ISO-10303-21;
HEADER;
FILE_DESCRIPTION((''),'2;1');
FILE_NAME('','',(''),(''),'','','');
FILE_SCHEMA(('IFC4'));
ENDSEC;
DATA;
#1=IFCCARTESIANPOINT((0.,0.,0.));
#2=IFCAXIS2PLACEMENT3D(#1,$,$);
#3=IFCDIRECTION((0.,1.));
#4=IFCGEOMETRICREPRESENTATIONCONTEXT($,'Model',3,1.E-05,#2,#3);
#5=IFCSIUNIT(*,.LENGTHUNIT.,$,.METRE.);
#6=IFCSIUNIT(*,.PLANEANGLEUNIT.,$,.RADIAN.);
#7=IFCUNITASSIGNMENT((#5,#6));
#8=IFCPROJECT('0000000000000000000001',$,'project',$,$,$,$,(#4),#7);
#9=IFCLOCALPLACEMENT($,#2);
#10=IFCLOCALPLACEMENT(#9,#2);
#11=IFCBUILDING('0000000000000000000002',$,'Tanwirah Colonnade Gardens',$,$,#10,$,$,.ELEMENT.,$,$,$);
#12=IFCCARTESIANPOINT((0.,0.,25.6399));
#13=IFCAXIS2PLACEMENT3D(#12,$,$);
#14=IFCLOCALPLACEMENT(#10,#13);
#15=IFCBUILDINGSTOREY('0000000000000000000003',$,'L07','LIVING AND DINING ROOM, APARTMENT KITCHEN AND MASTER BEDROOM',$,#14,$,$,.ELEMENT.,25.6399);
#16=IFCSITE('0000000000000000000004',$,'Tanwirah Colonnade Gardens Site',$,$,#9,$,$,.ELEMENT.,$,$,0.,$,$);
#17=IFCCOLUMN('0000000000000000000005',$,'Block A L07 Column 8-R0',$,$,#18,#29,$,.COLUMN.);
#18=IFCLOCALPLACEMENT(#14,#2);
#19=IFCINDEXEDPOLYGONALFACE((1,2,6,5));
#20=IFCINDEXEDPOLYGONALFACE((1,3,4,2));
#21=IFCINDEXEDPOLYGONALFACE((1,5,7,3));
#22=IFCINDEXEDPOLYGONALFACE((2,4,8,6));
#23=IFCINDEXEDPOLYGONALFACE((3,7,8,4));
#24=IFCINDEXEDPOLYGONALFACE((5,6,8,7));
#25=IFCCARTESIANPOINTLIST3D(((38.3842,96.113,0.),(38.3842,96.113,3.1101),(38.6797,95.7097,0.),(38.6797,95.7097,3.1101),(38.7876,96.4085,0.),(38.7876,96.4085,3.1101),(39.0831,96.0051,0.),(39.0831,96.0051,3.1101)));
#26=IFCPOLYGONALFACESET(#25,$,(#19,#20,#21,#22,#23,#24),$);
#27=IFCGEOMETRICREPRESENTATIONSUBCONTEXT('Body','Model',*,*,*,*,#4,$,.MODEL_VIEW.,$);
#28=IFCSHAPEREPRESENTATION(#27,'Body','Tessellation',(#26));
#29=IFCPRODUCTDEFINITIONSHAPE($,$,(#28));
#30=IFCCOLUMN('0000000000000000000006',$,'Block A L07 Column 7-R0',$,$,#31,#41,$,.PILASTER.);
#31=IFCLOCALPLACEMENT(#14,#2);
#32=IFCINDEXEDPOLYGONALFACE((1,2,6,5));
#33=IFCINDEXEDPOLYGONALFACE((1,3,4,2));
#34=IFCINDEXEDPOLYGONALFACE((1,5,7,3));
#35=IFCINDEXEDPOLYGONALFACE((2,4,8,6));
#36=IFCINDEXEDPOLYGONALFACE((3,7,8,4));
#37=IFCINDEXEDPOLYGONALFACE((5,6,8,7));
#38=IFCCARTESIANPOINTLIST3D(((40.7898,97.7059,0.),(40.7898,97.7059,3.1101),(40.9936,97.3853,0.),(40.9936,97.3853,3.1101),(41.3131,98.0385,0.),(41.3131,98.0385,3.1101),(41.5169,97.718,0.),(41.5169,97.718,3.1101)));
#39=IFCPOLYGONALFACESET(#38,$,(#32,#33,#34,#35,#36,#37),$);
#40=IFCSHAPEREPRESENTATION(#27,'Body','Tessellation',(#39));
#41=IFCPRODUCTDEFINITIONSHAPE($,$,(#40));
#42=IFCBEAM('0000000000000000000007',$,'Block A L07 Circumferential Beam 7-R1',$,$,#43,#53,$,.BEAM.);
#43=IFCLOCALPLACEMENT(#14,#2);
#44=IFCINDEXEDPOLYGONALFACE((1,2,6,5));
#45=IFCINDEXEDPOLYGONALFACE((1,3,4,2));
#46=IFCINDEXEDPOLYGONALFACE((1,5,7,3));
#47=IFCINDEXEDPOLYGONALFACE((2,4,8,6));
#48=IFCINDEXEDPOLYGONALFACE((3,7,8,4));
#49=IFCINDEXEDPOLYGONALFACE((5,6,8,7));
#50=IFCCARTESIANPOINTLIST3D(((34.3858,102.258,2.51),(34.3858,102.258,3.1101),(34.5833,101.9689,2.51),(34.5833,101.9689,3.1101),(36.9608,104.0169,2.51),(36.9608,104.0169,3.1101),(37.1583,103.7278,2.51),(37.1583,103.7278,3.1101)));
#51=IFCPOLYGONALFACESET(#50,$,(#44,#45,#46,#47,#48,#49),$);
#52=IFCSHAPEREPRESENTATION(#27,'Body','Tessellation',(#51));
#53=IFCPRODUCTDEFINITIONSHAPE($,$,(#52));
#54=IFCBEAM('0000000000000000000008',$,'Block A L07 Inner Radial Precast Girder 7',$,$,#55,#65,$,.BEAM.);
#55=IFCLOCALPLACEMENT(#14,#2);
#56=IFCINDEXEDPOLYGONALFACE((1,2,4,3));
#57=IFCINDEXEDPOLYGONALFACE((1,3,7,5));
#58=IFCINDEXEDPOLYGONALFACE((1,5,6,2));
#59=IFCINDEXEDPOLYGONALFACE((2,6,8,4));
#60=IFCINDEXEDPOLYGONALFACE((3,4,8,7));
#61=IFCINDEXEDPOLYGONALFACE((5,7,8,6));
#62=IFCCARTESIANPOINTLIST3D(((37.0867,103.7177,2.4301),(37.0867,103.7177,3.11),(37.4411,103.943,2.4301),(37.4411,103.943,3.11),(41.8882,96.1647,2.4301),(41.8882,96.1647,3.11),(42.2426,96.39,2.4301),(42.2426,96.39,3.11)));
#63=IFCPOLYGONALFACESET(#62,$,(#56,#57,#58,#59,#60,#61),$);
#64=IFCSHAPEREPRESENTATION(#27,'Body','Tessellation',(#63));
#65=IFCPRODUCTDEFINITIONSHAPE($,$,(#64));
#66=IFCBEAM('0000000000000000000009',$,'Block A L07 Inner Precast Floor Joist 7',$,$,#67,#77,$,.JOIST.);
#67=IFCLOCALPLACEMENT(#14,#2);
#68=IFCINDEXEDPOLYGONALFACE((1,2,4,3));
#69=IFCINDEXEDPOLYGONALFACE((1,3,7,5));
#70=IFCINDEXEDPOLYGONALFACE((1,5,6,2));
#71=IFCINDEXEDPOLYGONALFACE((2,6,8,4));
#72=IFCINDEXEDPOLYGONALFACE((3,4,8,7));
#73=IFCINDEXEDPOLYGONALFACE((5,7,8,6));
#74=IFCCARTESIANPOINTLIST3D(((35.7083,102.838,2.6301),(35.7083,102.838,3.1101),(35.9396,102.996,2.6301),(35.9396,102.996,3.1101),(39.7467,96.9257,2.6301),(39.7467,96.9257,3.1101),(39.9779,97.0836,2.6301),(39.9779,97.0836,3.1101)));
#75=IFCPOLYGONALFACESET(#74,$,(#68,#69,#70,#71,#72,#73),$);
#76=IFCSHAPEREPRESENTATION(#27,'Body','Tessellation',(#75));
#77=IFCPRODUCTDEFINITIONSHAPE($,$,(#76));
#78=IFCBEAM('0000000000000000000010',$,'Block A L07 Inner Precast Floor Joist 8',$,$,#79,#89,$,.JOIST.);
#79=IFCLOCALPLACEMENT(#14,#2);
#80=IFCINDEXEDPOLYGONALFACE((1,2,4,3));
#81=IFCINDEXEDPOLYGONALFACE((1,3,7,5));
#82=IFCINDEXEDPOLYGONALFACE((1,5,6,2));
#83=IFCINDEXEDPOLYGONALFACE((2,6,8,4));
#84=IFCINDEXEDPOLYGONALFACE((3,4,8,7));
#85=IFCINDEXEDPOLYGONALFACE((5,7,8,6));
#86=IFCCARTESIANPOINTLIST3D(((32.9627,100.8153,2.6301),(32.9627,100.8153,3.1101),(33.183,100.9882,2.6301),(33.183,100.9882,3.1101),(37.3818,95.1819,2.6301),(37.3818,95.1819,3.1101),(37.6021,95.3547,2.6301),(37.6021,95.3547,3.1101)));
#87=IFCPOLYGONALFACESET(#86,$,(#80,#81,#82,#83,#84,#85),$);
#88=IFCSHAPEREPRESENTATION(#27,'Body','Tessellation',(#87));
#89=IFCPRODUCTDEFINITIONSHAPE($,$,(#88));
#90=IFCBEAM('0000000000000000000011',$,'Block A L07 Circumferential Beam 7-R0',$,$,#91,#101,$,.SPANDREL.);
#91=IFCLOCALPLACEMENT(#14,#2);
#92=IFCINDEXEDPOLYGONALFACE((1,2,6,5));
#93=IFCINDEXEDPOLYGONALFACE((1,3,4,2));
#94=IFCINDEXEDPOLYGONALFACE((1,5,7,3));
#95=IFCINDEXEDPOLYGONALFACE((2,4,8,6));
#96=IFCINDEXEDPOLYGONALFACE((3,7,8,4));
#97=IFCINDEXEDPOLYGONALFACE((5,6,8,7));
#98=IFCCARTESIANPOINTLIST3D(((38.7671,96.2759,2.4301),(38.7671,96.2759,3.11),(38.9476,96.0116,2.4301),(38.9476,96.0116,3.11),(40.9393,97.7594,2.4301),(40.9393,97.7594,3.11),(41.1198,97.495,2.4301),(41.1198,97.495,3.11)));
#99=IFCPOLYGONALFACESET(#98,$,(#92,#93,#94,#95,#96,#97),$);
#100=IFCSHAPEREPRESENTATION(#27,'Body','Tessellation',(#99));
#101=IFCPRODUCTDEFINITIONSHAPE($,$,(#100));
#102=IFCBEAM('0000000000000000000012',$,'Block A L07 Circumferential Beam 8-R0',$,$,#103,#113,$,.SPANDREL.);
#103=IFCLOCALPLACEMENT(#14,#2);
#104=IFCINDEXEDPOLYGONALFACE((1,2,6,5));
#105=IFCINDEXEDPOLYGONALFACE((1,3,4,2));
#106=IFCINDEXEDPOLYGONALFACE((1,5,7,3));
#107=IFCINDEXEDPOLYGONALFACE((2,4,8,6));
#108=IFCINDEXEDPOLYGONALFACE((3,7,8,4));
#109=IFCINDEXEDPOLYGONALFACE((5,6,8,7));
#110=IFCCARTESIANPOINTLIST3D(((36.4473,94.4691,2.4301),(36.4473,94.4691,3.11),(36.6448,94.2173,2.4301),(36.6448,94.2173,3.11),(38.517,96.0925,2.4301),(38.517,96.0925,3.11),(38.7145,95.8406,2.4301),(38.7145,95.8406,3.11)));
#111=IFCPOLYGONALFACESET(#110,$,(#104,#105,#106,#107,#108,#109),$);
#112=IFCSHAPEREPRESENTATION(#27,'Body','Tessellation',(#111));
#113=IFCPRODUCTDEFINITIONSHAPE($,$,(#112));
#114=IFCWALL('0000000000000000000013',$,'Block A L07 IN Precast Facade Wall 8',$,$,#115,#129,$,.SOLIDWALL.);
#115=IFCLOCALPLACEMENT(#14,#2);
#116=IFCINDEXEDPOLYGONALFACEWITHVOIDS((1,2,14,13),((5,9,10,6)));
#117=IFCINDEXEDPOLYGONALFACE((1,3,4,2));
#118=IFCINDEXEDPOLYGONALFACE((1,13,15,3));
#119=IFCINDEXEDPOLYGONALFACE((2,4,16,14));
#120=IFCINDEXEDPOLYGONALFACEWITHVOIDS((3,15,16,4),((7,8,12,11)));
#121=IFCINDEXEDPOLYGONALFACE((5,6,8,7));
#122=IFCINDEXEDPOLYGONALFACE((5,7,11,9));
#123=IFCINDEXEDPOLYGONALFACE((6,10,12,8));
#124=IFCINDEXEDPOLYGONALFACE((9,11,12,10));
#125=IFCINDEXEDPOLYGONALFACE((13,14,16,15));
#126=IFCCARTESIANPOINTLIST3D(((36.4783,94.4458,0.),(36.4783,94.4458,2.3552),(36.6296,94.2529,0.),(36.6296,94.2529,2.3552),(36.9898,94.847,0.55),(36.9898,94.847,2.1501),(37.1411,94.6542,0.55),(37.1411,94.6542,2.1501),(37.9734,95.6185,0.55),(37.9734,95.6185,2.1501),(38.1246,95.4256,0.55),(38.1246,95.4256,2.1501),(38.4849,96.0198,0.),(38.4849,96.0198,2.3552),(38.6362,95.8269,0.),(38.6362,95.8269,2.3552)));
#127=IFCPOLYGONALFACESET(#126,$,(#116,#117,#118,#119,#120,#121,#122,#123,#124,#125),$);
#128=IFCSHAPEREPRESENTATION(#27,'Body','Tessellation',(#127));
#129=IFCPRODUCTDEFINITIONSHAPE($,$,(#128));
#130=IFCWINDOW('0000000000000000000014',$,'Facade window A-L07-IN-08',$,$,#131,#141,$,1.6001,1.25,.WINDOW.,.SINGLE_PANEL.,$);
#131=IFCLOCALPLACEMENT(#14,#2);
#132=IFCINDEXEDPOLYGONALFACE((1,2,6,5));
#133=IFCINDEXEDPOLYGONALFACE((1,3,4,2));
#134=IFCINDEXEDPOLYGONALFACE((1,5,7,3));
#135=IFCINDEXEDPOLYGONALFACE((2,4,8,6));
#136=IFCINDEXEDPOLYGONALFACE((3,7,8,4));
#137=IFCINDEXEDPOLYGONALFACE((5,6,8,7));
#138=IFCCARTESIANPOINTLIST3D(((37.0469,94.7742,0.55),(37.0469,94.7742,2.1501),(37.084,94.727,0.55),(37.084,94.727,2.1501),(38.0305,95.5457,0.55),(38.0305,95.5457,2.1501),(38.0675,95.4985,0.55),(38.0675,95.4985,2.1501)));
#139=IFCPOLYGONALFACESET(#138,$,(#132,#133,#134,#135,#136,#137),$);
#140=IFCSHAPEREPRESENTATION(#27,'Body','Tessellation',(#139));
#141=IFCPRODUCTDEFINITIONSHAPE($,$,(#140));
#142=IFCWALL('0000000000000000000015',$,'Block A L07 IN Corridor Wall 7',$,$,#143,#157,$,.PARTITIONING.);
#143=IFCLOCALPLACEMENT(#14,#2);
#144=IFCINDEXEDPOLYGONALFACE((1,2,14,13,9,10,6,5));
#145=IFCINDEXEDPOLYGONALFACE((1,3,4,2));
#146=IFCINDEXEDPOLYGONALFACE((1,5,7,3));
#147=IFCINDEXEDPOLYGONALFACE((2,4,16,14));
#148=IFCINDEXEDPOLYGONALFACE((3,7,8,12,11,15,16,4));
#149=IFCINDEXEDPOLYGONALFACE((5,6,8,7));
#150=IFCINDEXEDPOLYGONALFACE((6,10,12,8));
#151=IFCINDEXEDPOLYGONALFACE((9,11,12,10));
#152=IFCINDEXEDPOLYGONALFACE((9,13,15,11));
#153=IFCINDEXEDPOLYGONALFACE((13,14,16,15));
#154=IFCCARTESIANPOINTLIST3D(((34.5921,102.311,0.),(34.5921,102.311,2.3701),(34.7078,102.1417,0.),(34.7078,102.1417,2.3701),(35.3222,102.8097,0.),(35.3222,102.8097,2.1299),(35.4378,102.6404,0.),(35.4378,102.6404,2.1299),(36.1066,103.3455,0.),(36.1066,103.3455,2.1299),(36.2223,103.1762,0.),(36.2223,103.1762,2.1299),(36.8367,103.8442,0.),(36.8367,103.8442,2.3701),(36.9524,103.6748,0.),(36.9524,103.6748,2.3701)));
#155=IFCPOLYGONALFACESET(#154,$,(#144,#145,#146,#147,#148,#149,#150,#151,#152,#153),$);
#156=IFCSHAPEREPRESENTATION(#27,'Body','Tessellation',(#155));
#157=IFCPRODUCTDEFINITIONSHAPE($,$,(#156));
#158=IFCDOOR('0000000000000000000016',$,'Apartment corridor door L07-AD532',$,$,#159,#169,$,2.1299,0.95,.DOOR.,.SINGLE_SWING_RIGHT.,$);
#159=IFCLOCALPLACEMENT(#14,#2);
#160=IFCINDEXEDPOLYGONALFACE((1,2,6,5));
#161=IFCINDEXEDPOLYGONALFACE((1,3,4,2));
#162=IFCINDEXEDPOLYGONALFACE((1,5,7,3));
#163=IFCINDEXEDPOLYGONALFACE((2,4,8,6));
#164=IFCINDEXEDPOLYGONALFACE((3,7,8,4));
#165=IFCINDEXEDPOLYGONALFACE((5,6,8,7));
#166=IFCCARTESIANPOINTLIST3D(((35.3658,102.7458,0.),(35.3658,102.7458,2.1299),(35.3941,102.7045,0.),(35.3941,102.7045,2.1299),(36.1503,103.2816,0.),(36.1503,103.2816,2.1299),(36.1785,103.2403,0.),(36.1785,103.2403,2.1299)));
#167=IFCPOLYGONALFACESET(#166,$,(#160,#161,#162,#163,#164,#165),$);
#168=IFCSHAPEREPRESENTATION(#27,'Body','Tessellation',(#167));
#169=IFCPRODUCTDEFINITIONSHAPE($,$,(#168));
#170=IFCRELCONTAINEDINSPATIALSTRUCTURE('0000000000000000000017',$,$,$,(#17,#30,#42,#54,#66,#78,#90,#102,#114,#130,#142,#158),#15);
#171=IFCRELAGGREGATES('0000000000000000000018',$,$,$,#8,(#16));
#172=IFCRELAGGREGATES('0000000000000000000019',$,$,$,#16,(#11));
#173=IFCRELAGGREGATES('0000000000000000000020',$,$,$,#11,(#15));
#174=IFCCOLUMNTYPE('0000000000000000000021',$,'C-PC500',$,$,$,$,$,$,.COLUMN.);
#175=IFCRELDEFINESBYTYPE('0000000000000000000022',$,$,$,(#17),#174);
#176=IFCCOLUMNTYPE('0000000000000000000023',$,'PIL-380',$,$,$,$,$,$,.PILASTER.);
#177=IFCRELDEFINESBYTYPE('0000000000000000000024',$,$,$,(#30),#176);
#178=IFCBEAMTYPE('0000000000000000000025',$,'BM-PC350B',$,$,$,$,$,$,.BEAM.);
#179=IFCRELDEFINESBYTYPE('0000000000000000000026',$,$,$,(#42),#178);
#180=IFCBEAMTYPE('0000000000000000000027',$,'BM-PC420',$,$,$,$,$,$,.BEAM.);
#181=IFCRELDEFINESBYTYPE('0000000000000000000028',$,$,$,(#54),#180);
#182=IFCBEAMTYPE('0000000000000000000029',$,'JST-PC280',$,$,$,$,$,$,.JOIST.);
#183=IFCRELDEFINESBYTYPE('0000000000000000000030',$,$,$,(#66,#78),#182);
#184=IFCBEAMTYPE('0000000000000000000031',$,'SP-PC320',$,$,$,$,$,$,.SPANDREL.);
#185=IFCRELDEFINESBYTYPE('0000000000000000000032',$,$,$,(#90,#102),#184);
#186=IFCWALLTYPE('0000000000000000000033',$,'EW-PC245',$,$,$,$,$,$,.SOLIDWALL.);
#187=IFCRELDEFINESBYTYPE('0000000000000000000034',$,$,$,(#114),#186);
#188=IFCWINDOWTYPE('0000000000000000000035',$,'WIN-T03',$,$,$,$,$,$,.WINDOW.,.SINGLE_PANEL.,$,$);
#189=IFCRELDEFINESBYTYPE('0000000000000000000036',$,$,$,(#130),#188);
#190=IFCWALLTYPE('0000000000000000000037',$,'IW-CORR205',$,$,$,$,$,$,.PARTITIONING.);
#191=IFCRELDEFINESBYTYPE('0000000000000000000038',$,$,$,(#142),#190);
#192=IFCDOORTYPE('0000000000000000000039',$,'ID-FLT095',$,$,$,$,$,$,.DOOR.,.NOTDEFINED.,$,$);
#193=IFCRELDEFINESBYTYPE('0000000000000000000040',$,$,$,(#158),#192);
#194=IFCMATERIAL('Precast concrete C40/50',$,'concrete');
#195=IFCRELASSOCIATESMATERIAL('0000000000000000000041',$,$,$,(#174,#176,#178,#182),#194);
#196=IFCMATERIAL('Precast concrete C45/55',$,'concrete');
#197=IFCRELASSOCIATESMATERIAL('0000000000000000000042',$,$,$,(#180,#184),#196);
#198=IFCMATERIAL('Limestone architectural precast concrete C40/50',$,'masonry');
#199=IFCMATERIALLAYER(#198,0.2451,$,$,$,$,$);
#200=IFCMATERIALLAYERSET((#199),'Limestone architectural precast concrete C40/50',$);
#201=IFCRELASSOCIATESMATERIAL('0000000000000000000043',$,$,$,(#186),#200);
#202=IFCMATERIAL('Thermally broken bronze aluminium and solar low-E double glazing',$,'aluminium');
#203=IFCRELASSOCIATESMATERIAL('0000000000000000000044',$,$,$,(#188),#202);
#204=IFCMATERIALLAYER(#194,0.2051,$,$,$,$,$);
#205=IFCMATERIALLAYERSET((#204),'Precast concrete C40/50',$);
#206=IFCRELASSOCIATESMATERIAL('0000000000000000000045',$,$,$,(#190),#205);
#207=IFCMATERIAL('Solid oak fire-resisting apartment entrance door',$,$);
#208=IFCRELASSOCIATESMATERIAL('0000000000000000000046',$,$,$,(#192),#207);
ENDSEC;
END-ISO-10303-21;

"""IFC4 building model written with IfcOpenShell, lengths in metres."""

from ifc_helpers import new_model, si_unit, direction, frame, frame_2d, origin, origin_2d, place, context, subcontext, project, spatial, rectangle, extrude, material, layer, layer_set, material_profile, profile_set, type_object, element, fill, save


model = new_model("IFC4")

# Units and contexts
model_context = context("Model", 3, precision=1e-05, world=origin(), true_north=direction((0.0, 1.0)))
body_context = subcontext(model_context, "Body", "Model", "MODEL_VIEW")
ifc_project = project(units=[si_unit("LENGTHUNIT", "METRE"), si_unit("PLANEANGLEUNIT", "RADIAN")], contexts=[model_context])

# Site, building, storey
site_placement = place(None, origin())
site = spatial("IfcSite", under=ifc_project, at=site_placement, Name="Tanwirah Colonnade Gardens Site", CompositionType="ELEMENT", RefElevation=0.0)
building_placement = place(site_placement, origin())
building = spatial("IfcBuilding", under=site, at=building_placement, Name="Tanwirah Colonnade Gardens", CompositionType="ELEMENT")
storey_placement = place(building_placement, frame((0.0, 0.0, 25.6399)))
storey = spatial("IfcBuildingStorey", under=building, at=storey_placement, Name="L07", Description="LIVING AND DINING ROOM, APARTMENT KITCHEN AND MASTER BEDROOM", CompositionType="ELEMENT", Elevation=25.6399)

# Columns
ifc_material_1 = material(Name="Precast concrete C40/50", Category="concrete")
ifc_material_profile_1 = material_profile(ifc_material_1, rectangle(XDim=0.5, YDim=0.5, at=origin_2d()), Name="PC-COL 500x500")
ifc_profile_set_1 = profile_set([ifc_material_profile_1], Name="Precast concrete C40/50")
column_type_1 = type_object("IfcColumnType", Name="C-PC500", PredefinedType="COLUMN", material=ifc_profile_set_1)
column_1_placement = place(storey_placement, frame((38.7336, 96.0591, 0.0), z_axis=(0.0, 0.0, 1.0), x_axis=(-0.590919, 0.806731, 0.0)))
element("IfcColumn", 1, at=column_1_placement, inside=storey, type_object=column_type_1, Name="Block A L07 Column 8-R0", PredefinedType="COLUMN", context=body_context, shape_type="SweptSolid", body=[
    extrude(rectangle(XDim=0.5, YDim=0.5, at=origin_2d()), origin(), (0.0, 0.0, 1.0), 3.1101),
])
ifc_material_profile_2 = material_profile(ifc_material_1, rectangle(XDim=0.3799, YDim=0.6201, at=origin_2d()), Name="PC-PIL 380x620")
ifc_profile_set_2 = profile_set([ifc_material_profile_2], Name="Precast concrete C40/50")
column_type_2 = type_object("IfcColumnType", Name="PIL-380", PredefinedType="PILASTER", material=ifc_profile_set_2)
column_2_placement = place(storey_placement, frame((41.1533, 97.7119, 0.0), z_axis=(0.0, 0.0, 1.0), x_axis=(-0.536482, 0.843912, 0.0)))
element("IfcColumn", 2, at=column_2_placement, inside=storey, type_object=column_type_2, Name="Block A L07 Column 7-R0", PredefinedType="PILASTER", context=body_context, shape_type="SweptSolid", body=[
    extrude(rectangle(XDim=0.3799, YDim=0.6201, at=origin_2d()), origin(), (0.0, 0.0, 1.0), 3.1101),
])

# Beams
ifc_material_profile_3 = material_profile(ifc_material_1, rectangle(XDim=0.3501, YDim=0.6001, at=origin_2d()), Name="PC-BM 350x600")
ifc_profile_set_3 = profile_set([ifc_material_profile_3], Name="Precast concrete C40/50")
beam_type_1 = type_object("IfcBeamType", Name="BM-PC350B", PredefinedType="BEAM", material=ifc_profile_set_3)
beam_1_placement = place(storey_placement, frame((37.0596, 103.8723, 2.8101), z_axis=(-0.825758, -0.564024, 0.0), x_axis=(0.564024, -0.825758, 0.0)))
element("IfcBeam", 3, at=beam_1_placement, inside=storey, type_object=beam_type_1, Name="Block A L07 Circumferential Beam 7-R1", PredefinedType="BEAM", context=body_context, shape_type="SweptSolid", body=[
    extrude(rectangle(XDim=0.3501, YDim=0.6001, at=origin_2d()), origin(), (0.0, 0.0, 1.0), 3.1184),
])
ifc_material_2 = material(Name="Precast concrete C45/55", Category="concrete")
ifc_material_profile_4 = material_profile(ifc_material_2, rectangle(XDim=0.4199, YDim=0.6799, at=origin_2d()), Name="PC-BM 420x680")
ifc_profile_set_4 = profile_set([ifc_material_profile_4], Name="Precast concrete C45/55")
beam_type_2 = type_object("IfcBeamType", Name="BM-PC420", PredefinedType="BEAM", material=ifc_profile_set_4)
beam_2_placement = place(storey_placement, frame((37.2639, 103.8303, 2.77), z_axis=(0.536484, -0.843911, 0.0), x_axis=(0.843911, 0.536484, 0.0)))
element("IfcBeam", 4, at=beam_2_placement, inside=storey, type_object=beam_type_2, Name="Block A L07 Inner Radial Precast Girder 7", PredefinedType="BEAM", context=body_context, shape_type="SweptSolid", body=[
    extrude(rectangle(XDim=0.4199, YDim=0.6799, at=origin_2d()), origin(), (0.0, 0.0, 1.0), 8.95),
])
ifc_material_profile_5 = material_profile(ifc_material_1, rectangle(XDim=0.28, YDim=0.48, at=origin_2d()), Name="PC-JST 280x480")
ifc_profile_set_5 = profile_set([ifc_material_profile_5], Name="Precast concrete C40/50")
beam_type_3 = type_object("IfcBeamType", Name="JST-PC280", PredefinedType="JOIST", material=ifc_profile_set_5)
for number, where, z_axis, x_axis, name in (
    (5, (39.8623, 97.0046, 2.8701), (-0.564021, 0.82576, 0.0), (-0.82576, -0.564021, 0.0), "Block A L07 Inner Precast Floor Joist 7"),
    (6, (37.4919, 95.2683, 2.8701), (-0.617202, 0.786804, 0.0), (-0.786804, -0.617202, 0.0), "Block A L07 Inner Precast Floor Joist 8"),
):
    element("IfcBeam", number, at=place(storey_placement, frame(where, z_axis=z_axis, x_axis=x_axis)), inside=storey, type_object=beam_type_3, Name=name, PredefinedType="JOIST", context=body_context, shape_type="SweptSolid", body=[
        extrude(rectangle(XDim=0.28, YDim=0.48, at=origin_2d()), origin(), (0.0, 0.0, 1.0), 7.1599),
    ])
ifc_material_profile_6 = material_profile(ifc_material_2, rectangle(XDim=0.3201, YDim=0.6799, at=origin_2d()), Name="PC-SP 320x680")
ifc_profile_set_6 = profile_set([ifc_material_profile_6], Name="Precast concrete C45/55")
beam_type_4 = type_object("IfcBeamType", Name="SP-PC320", PredefinedType="SPANDREL", material=ifc_profile_set_6)
for number, where, z_axis, x_axis, name in (
    (7, (41.0295, 97.6272, 2.77), (-0.825801, -0.563962, 0.0), (0.563962, -0.825801, 0.0), "Block A L07 Circumferential Beam 7-R0"),
    (8, (38.6157, 95.9666, 2.77), (-0.786837, -0.617161, 0.0), (0.617161, -0.786837, 0.0), "Block A L07 Circumferential Beam 8-R0"),
):
    element("IfcBeam", number, at=place(storey_placement, frame(where, z_axis=z_axis, x_axis=x_axis)), inside=storey, type_object=beam_type_4, Name=name, PredefinedType="SPANDREL", context=body_context, shape_type="SweptSolid", body=[
        extrude(rectangle(XDim=0.3201, YDim=0.6799, at=origin_2d()), origin(), (0.0, 0.0, 1.0), 2.6304),
    ])

# Wall, opening, window
ifc_material_3 = material(Name="Limestone architectural precast concrete C40/50", Category="masonry")
ifc_layer_1 = layer(ifc_material_3, 0.2451)
ifc_layer_set_1 = layer_set([ifc_layer_1], Name="Limestone architectural precast concrete C40/50")
wall_type_1 = type_object("IfcWallType", Name="EW-PC245", PredefinedType="SOLIDWALL", material=ifc_layer_set_1)
wall_1_placement = place(storey_placement, frame((38.5605, 95.9233, 0.0), z_axis=(0.0, 0.0, 1.0), x_axis=(-0.78682, -0.617183, 0.0)))
wall_1 = element("IfcWall", 9, at=wall_1_placement, inside=storey, type_object=wall_type_1, Name="Block A L07 IN Precast Facade Wall 8", PredefinedType="SOLIDWALL", context=body_context, shape_type="SweptSolid", body=[
    extrude(rectangle(XDim=2.5503, YDim=0.2451, at=frame_2d((1.2751, 0.0))), origin(), (0.0, 0.0, 1.0), 2.3552),
])
opening_1_placement = place(wall_1_placement, frame((0.6501, 0.0, 0.55)))
opening_1 = element("IfcOpeningElement", 10, at=opening_1_placement, cuts=wall_1, PredefinedType="OPENING", context=body_context, shape_type="SweptSolid", body=[
    extrude(rectangle(XDim=1.25, YDim=1.6001, at=frame_2d((0.625, 0.8))), frame((0.0, 0.1326, 0.0), z_axis=(0.0, -1.0, 0.0), x_axis=(1.0, 0.0, 0.0)), (0.0, 0.0, 1.0), 0.2651),
])
ifc_material_4 = material(Name="Thermally broken bronze aluminium and solar low-E double glazing", Category="aluminium")
window_type = type_object("IfcWindowType", Name="WIN-T03", PartitioningType="SINGLE_PANEL", PredefinedType="WINDOW", material=ifc_material_4)
window_placement = place(opening_1_placement, origin())
window = element("IfcWindow", 11, at=window_placement, inside=storey, type_object=window_type, Name="Facade window A-L07-IN-08", OverallHeight=1.6001, OverallWidth=1.25, PartitioningType="SINGLE_PANEL", PredefinedType="WINDOW", context=body_context, shape_type="SweptSolid", body=[
    extrude(rectangle(XDim=1.25, YDim=1.6001, at=frame_2d((0.625, 0.8))), frame((0.0, 0.03, 0.0), z_axis=(0.0, -1.0, 0.0), x_axis=(1.0, 0.0, 0.0)), (0.0, 0.0, 1.0), 0.0601),
])
fill(opening_1, window)

# Wall, opening, door
ifc_layer_2 = layer(ifc_material_1, 0.2051)
ifc_layer_set_2 = layer_set([ifc_layer_2], Name="Precast concrete C40/50")
wall_type_2 = type_object("IfcWallType", Name="IW-CORR205", PredefinedType="PARTITIONING", material=ifc_layer_set_2)
wall_2_placement = place(storey_placement, frame((36.8945, 103.7595, 0.0), z_axis=(0.0, 0.0, 1.0), x_axis=(-0.825752, -0.564033, 0.0)))
wall_2 = element("IfcWall", 12, at=wall_2_placement, inside=storey, type_object=wall_type_2, Name="Block A L07 IN Corridor Wall 7", PredefinedType="PARTITIONING", context=body_context, shape_type="SweptSolid", body=[
    extrude(rectangle(XDim=2.7183, YDim=0.2051, at=frame_2d((1.3591, 0.0))), origin(), (0.0, 0.0, 1.0), 2.3701),
])
opening_2_placement = place(wall_2_placement, frame((0.884, 0.0, 0.0)))
opening_2 = element("IfcOpeningElement", 13, at=opening_2_placement, cuts=wall_2, PredefinedType="OPENING", context=body_context, shape_type="SweptSolid", body=[
    extrude(rectangle(XDim=0.95, YDim=2.1299, at=frame_2d((0.4751, 1.0649))), frame((0.0, 0.1125, 0.0), z_axis=(0.0, -1.0, 0.0), x_axis=(1.0, 0.0, 0.0)), (0.0, 0.0, 1.0), 0.2251),
])
ifc_material_5 = material(Name="Solid oak fire-resisting apartment entrance door")
door_type = type_object("IfcDoorType", Name="ID-FLT095", OperationType="NOTDEFINED", PredefinedType="DOOR", material=ifc_material_5)
door_placement = place(opening_2_placement, origin())
door = element("IfcDoor", 14, at=door_placement, inside=storey, type_object=door_type, Name="Apartment corridor door L07-AD532", OperationType="SINGLE_SWING_RIGHT", OverallHeight=2.1299, OverallWidth=0.95, PredefinedType="DOOR", context=body_context, shape_type="SweptSolid", body=[
    extrude(rectangle(XDim=0.95, YDim=2.1299, at=frame_2d((0.4751, 1.0649))), frame((0.0, 0.0249, 0.0), z_axis=(0.0, -1.0, 0.0), x_axis=(1.0, 0.0, 0.0)), (0.0, 0.0, 1.0), 0.05),
])
fill(opening_2, door)

save(model, "model.ifc")
